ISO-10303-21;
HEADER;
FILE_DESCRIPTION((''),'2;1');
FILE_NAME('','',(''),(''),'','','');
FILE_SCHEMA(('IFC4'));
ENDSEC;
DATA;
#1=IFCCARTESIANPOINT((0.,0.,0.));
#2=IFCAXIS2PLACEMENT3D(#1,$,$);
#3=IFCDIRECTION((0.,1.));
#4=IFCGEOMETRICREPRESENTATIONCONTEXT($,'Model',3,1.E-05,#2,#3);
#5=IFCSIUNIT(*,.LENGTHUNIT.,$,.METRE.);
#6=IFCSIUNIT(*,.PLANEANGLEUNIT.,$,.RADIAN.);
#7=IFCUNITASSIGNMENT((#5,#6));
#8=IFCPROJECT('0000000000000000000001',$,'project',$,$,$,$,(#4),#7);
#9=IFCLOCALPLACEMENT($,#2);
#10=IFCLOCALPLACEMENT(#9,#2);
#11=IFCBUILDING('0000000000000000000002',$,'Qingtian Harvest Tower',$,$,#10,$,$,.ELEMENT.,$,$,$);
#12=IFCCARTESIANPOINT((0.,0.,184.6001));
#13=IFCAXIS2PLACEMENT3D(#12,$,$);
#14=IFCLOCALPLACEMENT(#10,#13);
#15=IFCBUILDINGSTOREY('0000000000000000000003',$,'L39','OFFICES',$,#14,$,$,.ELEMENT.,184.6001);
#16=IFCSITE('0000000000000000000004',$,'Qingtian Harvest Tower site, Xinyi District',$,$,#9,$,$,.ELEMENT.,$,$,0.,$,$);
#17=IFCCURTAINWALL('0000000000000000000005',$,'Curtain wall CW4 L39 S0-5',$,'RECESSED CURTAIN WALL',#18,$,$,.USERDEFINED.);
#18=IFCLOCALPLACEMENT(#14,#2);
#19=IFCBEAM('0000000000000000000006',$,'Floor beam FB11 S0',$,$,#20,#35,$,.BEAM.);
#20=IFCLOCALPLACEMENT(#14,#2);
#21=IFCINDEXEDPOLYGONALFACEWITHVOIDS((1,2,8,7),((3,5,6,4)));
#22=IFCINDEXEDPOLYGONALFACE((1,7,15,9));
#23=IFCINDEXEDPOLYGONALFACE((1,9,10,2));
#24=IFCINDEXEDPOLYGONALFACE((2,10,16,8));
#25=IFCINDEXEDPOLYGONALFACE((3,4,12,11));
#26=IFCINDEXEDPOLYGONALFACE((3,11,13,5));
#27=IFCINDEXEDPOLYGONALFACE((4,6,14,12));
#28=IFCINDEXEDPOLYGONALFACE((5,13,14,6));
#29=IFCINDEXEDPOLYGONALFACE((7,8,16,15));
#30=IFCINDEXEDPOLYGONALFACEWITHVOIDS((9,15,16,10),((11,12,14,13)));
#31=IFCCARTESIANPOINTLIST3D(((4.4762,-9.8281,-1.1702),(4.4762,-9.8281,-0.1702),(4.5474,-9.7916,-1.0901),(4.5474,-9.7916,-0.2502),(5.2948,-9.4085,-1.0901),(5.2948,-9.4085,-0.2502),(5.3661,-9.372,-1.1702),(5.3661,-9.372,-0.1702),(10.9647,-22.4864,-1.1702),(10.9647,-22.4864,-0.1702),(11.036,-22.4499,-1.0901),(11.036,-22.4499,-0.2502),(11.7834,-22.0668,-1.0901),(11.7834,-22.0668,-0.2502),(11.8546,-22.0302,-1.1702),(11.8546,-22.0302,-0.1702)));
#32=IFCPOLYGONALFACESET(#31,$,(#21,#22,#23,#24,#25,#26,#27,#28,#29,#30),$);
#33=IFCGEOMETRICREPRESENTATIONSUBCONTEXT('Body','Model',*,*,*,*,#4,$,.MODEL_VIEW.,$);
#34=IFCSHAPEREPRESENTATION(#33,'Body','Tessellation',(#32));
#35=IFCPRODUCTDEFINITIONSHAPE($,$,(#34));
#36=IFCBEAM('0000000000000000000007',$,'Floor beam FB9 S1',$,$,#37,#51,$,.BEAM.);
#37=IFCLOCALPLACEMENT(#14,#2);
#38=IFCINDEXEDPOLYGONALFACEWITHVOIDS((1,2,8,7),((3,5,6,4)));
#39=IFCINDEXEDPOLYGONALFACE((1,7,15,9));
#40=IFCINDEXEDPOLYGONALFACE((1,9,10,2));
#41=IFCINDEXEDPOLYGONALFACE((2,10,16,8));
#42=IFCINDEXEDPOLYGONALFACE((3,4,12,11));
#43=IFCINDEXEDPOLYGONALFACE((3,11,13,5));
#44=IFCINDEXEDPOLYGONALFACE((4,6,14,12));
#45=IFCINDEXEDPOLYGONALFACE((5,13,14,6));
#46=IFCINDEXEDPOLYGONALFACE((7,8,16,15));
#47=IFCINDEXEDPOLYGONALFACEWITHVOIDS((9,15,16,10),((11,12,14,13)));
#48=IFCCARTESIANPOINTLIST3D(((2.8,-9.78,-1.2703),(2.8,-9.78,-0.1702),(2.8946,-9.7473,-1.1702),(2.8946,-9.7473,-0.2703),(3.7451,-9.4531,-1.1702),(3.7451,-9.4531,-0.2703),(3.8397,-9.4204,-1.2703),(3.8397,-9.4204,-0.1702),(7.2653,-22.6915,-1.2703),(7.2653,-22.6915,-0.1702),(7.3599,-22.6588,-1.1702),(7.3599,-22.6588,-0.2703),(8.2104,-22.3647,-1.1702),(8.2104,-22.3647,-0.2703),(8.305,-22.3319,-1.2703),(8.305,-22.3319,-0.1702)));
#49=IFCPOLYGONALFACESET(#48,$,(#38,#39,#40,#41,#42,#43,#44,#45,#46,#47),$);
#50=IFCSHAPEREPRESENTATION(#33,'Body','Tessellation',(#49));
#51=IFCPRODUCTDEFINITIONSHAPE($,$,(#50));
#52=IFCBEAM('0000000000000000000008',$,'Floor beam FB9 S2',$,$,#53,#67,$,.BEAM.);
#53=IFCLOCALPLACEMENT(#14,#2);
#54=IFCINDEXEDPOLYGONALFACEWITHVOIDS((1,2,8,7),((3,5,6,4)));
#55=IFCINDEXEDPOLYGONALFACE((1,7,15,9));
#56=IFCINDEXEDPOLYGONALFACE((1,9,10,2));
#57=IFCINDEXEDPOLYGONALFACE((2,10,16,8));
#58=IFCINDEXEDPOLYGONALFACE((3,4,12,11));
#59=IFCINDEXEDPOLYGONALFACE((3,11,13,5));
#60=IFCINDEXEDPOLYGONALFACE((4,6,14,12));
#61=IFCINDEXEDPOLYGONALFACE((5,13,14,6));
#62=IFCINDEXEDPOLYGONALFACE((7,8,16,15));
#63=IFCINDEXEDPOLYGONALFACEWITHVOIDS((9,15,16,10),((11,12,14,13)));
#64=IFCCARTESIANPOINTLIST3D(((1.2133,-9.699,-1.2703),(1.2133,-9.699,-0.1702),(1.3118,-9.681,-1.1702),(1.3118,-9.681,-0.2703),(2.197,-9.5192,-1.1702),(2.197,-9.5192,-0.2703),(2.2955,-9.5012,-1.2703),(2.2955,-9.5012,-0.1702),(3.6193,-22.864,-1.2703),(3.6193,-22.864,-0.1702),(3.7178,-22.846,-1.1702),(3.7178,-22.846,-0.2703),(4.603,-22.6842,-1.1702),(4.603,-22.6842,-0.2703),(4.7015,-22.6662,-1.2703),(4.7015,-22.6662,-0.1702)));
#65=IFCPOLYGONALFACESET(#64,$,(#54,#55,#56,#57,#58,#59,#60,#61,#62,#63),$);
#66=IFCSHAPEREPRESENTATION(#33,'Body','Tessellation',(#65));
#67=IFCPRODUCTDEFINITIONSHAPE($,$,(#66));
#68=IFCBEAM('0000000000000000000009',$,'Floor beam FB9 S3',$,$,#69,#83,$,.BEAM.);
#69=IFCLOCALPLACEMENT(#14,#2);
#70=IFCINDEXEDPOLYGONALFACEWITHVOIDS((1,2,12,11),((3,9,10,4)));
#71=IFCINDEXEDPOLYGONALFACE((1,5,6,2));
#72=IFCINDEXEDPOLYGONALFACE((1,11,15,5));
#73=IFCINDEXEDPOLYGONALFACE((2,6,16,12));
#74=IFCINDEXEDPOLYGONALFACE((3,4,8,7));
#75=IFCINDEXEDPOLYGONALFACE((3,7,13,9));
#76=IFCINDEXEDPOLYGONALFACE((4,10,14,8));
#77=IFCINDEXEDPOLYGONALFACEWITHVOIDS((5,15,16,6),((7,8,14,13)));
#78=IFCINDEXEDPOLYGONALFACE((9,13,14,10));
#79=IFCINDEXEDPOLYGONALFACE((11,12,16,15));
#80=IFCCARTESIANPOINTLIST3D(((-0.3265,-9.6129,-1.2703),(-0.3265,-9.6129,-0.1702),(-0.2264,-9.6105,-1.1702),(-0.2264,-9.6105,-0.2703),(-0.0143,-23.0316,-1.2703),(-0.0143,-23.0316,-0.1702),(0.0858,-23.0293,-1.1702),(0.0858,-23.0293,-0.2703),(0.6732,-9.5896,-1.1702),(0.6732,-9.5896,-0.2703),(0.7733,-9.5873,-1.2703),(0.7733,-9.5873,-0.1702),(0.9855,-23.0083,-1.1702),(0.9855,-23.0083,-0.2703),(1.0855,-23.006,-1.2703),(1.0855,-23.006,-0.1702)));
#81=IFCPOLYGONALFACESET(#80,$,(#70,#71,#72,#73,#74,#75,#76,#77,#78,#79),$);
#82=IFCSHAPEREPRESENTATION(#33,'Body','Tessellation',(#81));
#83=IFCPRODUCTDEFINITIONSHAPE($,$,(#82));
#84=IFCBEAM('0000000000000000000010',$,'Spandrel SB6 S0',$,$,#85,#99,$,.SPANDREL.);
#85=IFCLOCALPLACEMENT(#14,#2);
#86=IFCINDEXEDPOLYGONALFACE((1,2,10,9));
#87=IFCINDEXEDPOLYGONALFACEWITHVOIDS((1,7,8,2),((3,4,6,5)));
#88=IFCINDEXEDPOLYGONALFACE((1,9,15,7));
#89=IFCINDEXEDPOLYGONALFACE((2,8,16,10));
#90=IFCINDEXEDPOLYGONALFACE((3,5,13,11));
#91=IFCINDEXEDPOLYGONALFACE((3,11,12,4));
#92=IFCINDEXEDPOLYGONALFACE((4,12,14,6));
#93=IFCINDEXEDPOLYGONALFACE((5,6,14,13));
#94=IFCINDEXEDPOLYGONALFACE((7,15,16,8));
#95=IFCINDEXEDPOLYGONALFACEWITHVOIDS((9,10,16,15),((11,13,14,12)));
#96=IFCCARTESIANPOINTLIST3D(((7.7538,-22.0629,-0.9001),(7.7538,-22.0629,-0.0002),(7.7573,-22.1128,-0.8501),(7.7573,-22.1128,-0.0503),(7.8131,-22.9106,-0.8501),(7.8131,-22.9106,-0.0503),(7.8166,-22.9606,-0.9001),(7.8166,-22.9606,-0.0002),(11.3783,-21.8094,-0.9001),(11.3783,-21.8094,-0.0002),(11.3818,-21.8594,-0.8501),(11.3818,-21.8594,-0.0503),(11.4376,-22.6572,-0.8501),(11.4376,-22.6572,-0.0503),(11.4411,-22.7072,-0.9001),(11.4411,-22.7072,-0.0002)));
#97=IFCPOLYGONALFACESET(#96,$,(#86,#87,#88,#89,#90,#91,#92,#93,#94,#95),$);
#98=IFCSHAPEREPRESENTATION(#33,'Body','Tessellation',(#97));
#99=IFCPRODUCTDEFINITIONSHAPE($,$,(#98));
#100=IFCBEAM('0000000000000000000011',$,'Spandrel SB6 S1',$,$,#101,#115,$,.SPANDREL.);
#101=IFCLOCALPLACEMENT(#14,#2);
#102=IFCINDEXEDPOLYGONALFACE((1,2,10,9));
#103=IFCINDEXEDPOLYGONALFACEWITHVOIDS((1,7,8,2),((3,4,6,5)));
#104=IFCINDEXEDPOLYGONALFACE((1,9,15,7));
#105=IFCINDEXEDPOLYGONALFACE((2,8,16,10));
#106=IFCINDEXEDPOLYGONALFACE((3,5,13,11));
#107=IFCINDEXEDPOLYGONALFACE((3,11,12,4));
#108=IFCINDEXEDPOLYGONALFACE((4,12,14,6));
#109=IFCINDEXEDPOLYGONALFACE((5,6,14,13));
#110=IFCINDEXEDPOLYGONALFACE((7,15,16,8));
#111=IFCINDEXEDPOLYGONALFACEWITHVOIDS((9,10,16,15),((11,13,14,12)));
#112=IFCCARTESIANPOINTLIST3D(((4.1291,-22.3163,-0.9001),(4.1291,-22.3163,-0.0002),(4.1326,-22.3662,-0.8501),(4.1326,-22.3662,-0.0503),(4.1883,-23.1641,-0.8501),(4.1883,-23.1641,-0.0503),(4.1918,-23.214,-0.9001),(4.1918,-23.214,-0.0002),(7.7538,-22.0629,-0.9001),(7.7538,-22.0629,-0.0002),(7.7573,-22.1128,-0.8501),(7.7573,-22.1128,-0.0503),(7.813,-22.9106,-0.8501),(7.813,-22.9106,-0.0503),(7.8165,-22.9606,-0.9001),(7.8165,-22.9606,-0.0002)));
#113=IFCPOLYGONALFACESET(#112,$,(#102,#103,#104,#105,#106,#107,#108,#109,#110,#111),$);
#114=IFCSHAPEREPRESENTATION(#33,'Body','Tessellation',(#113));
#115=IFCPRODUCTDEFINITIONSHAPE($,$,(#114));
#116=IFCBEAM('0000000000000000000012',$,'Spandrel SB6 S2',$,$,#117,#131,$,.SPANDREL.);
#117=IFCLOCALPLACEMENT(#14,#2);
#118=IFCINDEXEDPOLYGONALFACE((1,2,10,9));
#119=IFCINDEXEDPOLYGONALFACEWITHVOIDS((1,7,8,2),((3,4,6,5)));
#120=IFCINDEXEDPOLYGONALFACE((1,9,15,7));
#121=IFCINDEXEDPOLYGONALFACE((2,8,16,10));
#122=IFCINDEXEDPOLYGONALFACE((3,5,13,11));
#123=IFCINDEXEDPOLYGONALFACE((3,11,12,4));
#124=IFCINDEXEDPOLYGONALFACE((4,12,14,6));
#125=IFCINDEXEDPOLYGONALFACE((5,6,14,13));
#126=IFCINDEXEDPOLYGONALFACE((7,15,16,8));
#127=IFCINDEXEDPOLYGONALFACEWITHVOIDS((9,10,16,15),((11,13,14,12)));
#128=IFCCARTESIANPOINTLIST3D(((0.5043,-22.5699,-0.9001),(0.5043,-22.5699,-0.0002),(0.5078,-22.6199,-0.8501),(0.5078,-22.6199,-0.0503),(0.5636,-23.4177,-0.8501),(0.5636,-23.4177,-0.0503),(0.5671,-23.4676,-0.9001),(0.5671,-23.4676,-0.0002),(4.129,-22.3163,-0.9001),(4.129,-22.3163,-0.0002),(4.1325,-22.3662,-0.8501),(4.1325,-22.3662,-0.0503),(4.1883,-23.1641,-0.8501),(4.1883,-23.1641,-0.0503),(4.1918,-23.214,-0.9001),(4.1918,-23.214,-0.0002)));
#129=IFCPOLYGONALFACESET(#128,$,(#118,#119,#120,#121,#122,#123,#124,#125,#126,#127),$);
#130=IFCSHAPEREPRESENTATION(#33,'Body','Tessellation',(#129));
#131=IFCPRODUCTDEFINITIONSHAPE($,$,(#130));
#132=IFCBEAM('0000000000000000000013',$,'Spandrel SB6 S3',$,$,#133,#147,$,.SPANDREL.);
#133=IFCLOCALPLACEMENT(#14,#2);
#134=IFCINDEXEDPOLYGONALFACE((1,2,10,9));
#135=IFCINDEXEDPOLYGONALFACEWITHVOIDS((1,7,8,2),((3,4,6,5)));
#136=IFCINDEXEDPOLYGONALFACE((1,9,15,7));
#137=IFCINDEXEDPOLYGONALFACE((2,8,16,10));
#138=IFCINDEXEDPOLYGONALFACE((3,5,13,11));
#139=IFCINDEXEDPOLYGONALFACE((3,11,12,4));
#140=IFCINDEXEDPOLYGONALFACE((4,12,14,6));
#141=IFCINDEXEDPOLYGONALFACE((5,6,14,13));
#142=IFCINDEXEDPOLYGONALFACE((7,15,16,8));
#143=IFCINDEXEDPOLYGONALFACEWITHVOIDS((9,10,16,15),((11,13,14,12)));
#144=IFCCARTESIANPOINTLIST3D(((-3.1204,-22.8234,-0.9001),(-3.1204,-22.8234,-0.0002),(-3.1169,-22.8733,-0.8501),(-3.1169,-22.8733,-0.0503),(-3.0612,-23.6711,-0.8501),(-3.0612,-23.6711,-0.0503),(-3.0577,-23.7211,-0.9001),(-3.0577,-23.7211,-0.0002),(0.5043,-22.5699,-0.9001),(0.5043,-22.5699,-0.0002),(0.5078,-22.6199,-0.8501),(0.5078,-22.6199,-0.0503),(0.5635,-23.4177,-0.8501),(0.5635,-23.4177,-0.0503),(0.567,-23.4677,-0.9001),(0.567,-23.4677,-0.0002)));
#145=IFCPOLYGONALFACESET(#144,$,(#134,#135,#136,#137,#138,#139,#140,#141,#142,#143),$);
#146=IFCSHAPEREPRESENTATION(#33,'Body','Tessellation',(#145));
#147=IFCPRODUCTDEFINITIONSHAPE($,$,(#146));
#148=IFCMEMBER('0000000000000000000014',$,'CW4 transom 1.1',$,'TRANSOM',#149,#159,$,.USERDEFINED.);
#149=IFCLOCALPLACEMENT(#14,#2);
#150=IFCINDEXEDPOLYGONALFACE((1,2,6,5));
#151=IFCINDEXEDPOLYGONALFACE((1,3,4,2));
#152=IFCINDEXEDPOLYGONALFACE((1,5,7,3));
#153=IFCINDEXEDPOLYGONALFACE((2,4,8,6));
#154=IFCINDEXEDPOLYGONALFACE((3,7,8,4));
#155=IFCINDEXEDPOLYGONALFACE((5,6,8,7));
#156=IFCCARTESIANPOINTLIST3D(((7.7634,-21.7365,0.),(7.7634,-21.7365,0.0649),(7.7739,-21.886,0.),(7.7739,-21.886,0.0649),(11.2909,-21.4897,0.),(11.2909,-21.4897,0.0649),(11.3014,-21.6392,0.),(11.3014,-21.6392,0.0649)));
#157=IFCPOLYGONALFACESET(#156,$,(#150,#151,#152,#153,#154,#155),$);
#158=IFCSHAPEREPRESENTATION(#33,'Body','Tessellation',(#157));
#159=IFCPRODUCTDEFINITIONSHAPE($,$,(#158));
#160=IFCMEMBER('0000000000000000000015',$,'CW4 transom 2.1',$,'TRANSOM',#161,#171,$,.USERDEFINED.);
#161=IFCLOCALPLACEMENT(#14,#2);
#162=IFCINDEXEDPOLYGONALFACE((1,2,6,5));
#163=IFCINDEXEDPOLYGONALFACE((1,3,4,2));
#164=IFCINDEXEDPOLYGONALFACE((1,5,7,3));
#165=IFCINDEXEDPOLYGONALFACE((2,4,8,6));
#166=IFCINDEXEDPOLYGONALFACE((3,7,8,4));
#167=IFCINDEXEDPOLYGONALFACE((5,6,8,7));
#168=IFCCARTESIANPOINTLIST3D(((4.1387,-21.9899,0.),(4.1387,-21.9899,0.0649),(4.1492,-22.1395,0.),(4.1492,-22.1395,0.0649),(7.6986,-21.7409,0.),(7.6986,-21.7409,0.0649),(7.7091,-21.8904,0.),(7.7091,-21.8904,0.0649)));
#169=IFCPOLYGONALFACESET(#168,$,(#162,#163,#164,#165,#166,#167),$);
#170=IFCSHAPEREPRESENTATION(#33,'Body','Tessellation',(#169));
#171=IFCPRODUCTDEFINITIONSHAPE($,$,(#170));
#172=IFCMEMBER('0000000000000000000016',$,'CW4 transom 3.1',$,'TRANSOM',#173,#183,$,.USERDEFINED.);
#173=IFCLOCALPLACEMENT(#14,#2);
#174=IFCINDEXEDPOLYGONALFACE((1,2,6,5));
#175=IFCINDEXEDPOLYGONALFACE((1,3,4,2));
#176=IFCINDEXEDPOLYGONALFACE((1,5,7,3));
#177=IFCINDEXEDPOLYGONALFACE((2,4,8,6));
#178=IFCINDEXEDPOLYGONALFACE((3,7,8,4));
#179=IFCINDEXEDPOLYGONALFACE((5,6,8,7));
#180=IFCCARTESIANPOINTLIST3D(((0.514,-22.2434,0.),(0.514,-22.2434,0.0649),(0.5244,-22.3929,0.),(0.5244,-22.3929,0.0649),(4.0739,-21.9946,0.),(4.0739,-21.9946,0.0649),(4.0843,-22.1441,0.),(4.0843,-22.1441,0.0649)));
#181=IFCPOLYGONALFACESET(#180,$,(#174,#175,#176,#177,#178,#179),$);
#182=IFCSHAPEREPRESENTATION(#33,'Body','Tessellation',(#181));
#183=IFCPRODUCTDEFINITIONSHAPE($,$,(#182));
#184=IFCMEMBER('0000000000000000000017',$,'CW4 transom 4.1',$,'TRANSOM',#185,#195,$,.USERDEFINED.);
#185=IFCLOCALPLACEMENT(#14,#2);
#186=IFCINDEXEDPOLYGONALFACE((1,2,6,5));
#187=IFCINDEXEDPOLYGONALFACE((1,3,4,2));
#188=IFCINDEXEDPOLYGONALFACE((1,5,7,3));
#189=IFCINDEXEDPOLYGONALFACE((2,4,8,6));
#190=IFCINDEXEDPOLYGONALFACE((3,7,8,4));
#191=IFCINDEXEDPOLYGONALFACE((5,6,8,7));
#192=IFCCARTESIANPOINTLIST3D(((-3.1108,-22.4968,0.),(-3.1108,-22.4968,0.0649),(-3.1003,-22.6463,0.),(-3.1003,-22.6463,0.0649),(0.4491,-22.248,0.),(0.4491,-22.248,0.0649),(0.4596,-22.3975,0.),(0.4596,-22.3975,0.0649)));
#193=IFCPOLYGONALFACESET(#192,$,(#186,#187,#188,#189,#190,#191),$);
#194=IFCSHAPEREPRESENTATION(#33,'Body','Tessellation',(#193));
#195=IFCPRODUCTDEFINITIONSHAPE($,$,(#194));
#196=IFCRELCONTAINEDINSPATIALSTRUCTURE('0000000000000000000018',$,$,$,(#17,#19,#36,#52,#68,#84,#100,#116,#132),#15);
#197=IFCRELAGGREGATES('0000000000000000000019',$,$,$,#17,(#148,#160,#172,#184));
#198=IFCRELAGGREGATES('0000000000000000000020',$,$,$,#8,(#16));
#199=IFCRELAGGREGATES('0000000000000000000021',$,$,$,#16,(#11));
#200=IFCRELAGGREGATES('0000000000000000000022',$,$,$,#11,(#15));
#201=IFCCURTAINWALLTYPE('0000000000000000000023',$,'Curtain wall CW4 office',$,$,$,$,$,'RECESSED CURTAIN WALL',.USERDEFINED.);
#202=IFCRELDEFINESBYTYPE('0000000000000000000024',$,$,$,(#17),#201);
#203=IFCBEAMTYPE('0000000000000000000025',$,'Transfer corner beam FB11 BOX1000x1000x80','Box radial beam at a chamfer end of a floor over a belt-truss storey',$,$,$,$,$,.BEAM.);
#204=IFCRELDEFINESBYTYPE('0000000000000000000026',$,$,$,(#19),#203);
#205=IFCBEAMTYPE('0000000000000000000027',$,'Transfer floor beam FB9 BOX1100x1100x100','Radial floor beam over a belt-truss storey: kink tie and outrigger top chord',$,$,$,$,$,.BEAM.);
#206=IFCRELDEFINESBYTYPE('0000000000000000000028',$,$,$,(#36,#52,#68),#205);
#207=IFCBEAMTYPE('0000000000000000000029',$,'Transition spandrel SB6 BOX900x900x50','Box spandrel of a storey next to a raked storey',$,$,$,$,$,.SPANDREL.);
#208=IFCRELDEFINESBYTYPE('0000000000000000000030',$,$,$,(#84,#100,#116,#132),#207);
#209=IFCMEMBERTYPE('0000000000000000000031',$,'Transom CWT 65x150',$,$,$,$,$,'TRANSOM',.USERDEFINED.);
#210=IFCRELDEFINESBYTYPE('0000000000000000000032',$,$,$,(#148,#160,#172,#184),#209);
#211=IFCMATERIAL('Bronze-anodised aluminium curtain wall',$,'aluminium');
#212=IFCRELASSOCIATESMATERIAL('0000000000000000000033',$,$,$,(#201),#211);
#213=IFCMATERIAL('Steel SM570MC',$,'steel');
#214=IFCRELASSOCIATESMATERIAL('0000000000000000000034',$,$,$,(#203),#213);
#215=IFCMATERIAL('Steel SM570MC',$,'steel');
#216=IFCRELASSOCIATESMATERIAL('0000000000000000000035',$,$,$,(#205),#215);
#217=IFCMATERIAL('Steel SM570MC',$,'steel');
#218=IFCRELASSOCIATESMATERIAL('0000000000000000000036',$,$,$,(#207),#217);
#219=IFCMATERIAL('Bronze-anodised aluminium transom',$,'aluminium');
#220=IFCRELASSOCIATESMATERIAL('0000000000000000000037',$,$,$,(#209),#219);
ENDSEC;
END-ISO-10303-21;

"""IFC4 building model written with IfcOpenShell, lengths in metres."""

from ifc_helpers import new_model, si_unit, direction, frame, origin, origin_2d, place, context, subcontext, project, spatial, rectangle, hollow_rectangle, extrude, material, material_profile, profile_set, type_object, element, aggregate, save


model = new_model("IFC4")

# Units and contexts
model_context = context("Model", 3, precision=1e-05, world=origin(), true_north=direction((0.0, 1.0)))
body_context = subcontext(model_context, "Body", "Model", "MODEL_VIEW")
ifc_project = project(units=[si_unit("LENGTHUNIT", "METRE"), si_unit("PLANEANGLEUNIT", "RADIAN")], contexts=[model_context])

# Site, building, storey
site_placement = place(None, origin())
site = spatial("IfcSite", under=ifc_project, at=site_placement, Name="Qingtian Harvest Tower site, Xinyi District", CompositionType="ELEMENT", RefElevation=0.0)
building_placement = place(site_placement, origin())
building = spatial("IfcBuilding", under=site, at=building_placement, Name="Qingtian Harvest Tower", CompositionType="ELEMENT")
storey_placement = place(building_placement, frame((0.0, 0.0, 184.6001)))
storey = spatial("IfcBuildingStorey", under=building, at=storey_placement, Name="L39", Description="OFFICES", CompositionType="ELEMENT", Elevation=184.6001)

# Shared definitions
ifc_material_1 = material(Name="Bronze-anodised aluminium curtain wall", Category="aluminium")
curtain_wall_type = type_object("IfcCurtainWallType", Name="Curtain wall CW4 office", ElementType="RECESSED CURTAIN WALL", PredefinedType="USERDEFINED", material=ifc_material_1)

# Curtain wall
curtain_wall_1_placement = place(storey_placement, origin())
curtain_wall_1 = element("IfcCurtainWall", 1, at=curtain_wall_1_placement, inside=storey, type_object=curtain_wall_type, Name="Curtain wall CW4 L39 S0-5", ObjectType="RECESSED CURTAIN WALL", PredefinedType="USERDEFINED")

# Beams
ifc_material_2 = material(Name="Steel SM570MC", Category="steel")
ifc_material_profile_1 = material_profile(ifc_material_2, hollow_rectangle(XDim=1.0, YDim=1.0, WallThickness=0.0801, at=origin_2d()), Name="BOX1000x1000x80")
ifc_profile_set_1 = profile_set([ifc_material_profile_1], Name="Steel SM570MC")
beam_type_1 = type_object("IfcBeamType", Name="Transfer corner beam FB11 BOX1000x1000x80", Description="Box radial beam at a chamfer end of a floor over a belt-truss storey", PredefinedType="BEAM", material=ifc_profile_set_1)
beam_1_placement = place(storey_placement, frame((11.4097, -22.2583, -0.6702), z_axis=(-0.456157, 0.889899, 0.0), x_axis=(-0.889899, -0.456157, 0.0)))
element("IfcBeam", 2, at=beam_1_placement, inside=storey, type_object=beam_type_1, Name="Floor beam FB11 S0", PredefinedType="BEAM", context=body_context, shape_type="SweptSolid", body=[
    extrude(hollow_rectangle(XDim=1.0, YDim=1.0, WallThickness=0.0801, at=origin_2d()), origin(), (0.0, 0.0, 1.0), 14.2244),
])
ifc_material_3 = material(Name="Steel SM570MC", Category="steel")
ifc_material_profile_2 = material_profile(ifc_material_3, hollow_rectangle(XDim=1.1001, YDim=1.1001, WallThickness=0.1001, at=origin_2d()), Name="BOX1100x1100x100")
ifc_profile_set_2 = profile_set([ifc_material_profile_2], Name="Steel SM570MC")
beam_type_2 = type_object("IfcBeamType", Name="Transfer floor beam FB9 BOX1100x1100x100", Description="Radial floor beam over a belt-truss storey: kink tie and outrigger top chord", PredefinedType="BEAM", material=ifc_profile_set_2)
beam_2_placement = place(storey_placement, frame((7.7852, -22.5117, -0.7202), z_axis=(-0.326844, 0.945078, 0.0), x_axis=(-0.945078, -0.326844, 0.0)))
element("IfcBeam", 3, at=beam_2_placement, inside=storey, type_object=beam_type_2, Name="Floor beam FB9 S1", PredefinedType="BEAM", context=body_context, shape_type="SweptSolid", body=[
    extrude(hollow_rectangle(XDim=1.1001, YDim=1.1001, WallThickness=0.1001, at=origin_2d()), origin(), (0.0, 0.0, 1.0), 13.6619),
])
beam_3_placement = place(storey_placement, frame((4.1604, -22.7651, -0.7202), z_axis=(-0.17978, 0.983707, 0.0), x_axis=(-0.983707, -0.17978, 0.0)))
element("IfcBeam", 4, at=beam_3_placement, inside=storey, type_object=beam_type_2, Name="Floor beam FB9 S2", PredefinedType="BEAM", context=body_context, shape_type="SweptSolid", body=[
    extrude(hollow_rectangle(XDim=1.1001, YDim=1.1001, WallThickness=0.1001, at=origin_2d()), origin(), (0.0, 0.0, 1.0), 13.3831),
])
beam_4_placement = place(storey_placement, frame((0.5356, -23.0188, -0.7202), z_axis=(-0.023264, 0.999729, 0.0), x_axis=(-0.999729, -0.023264, 0.0)))
element("IfcBeam", 5, at=beam_4_placement, inside=storey, type_object=beam_type_2, Name="Floor beam FB9 S3", PredefinedType="BEAM", context=body_context, shape_type="SweptSolid", body=[
    extrude(hollow_rectangle(XDim=1.1001, YDim=1.1001, WallThickness=0.1001, at=origin_2d()), origin(), (0.0, 0.0, 1.0), 13.4224),
])
ifc_material_4 = material(Name="Steel SM570MC", Category="steel")
ifc_material_profile_3 = material_profile(ifc_material_4, hollow_rectangle(XDim=0.8999, YDim=0.8999, WallThickness=0.05, at=origin_2d()), Name="BOX900x900x50")
ifc_profile_set_3 = profile_set([ifc_material_profile_3], Name="Steel SM570MC")
beam_type_3 = type_object("IfcBeamType", Name="Transition spandrel SB6 BOX900x900x50", Description="Box spandrel of a storey next to a raked storey", PredefinedType="SPANDREL", material=ifc_profile_set_3)
beam_5_placement = place(storey_placement, frame((11.4097, -22.2583, -0.4502), z_axis=(-0.997565, -0.069748, 0.0), x_axis=(0.069748, -0.997565, 0.0)))
element("IfcBeam", 6, at=beam_5_placement, inside=storey, type_object=beam_type_3, Name="Spandrel SB6 S0", PredefinedType="SPANDREL", context=body_context, shape_type="SweptSolid", body=[
    extrude(hollow_rectangle(XDim=0.8999, YDim=0.8999, WallThickness=0.05, at=origin_2d()), origin(), (0.0, 0.0, 1.0), 3.6333),
])
for number, where, z_axis, x_axis, name in (
    (7, (7.7852, -22.5117, -0.4502), (-0.997565, -0.069743, 0.0), (0.069743, -0.997565, 0.0), "Spandrel SB6 S1"),
    (8, (4.1604, -22.7651, -0.4502), (-0.99756, -0.06981, 0.0), (0.06981, -0.99756, 0.0), "Spandrel SB6 S2"),
    (9, (0.5356, -23.0188, -0.4502), (-0.997565, -0.069743, 0.0), (0.069743, -0.997565, 0.0), "Spandrel SB6 S3"),
):
    element("IfcBeam", number, at=place(storey_placement, frame(where, z_axis=z_axis, x_axis=x_axis)), inside=storey, type_object=beam_type_3, Name=name, PredefinedType="SPANDREL", context=body_context, shape_type="SweptSolid", body=[
        extrude(hollow_rectangle(XDim=0.8999, YDim=0.8999, WallThickness=0.05, at=origin_2d()), origin(), (0.0, 0.0, 1.0), 3.6335),
    ])

# Members
ifc_material_5 = material(Name="Bronze-anodised aluminium transom", Category="aluminium")
ifc_material_profile_4 = material_profile(ifc_material_5, rectangle(XDim=0.1499, YDim=0.0649, at=origin_2d()), Name="AL 65x150")
ifc_profile_set_4 = profile_set([ifc_material_profile_4], Name="Bronze-anodised aluminium transom")
member_type_1 = type_object("IfcMemberType", Name="Transom CWT 65x150", ElementType="TRANSOM", PredefinedType="USERDEFINED", material=ifc_profile_set_4)
member_1_placement = place(storey_placement, frame((11.2961, -21.5645, 0.0325), z_axis=(-0.997561, -0.0698, 0.0), x_axis=(0.0698, -0.997561, 0.0)))
member_1 = element("IfcMember", 10, at=member_1_placement, type_object=member_type_1, Name="CW4 transom 1.1", ObjectType="TRANSOM", PredefinedType="USERDEFINED", context=body_context, shape_type="SweptSolid", body=[
    extrude(rectangle(XDim=0.1499, YDim=0.0649, at=origin_2d()), origin(), (0.0, 0.0, 1.0), 3.5361),
])
member_2_placement = place(storey_placement, frame((7.7039, -21.8157, 0.0325), z_axis=(-0.997562, -0.069784, 0.0), x_axis=(0.069784, -0.997562, 0.0)))
member_2 = element("IfcMember", 11, at=member_2_placement, type_object=member_type_1, Name="CW4 transom 2.1", ObjectType="TRANSOM", PredefinedType="USERDEFINED", context=body_context, shape_type="SweptSolid", body=[
    extrude(rectangle(XDim=0.1499, YDim=0.0649, at=origin_2d()), origin(), (0.0, 0.0, 1.0), 3.5686),
])
member_3_placement = place(storey_placement, frame((4.0791, -22.0693, 0.0325), z_axis=(-0.997567, -0.069715, 0.0), x_axis=(0.069715, -0.997567, 0.0)))
member_3 = element("IfcMember", 12, at=member_3_placement, type_object=member_type_1, Name="CW4 transom 3.1", ObjectType="TRANSOM", PredefinedType="USERDEFINED", context=body_context, shape_type="SweptSolid", body=[
    extrude(rectangle(XDim=0.1499, YDim=0.0649, at=origin_2d()), origin(), (0.0, 0.0, 1.0), 3.5686),
])
member_4_placement = place(storey_placement, frame((0.4543, -22.3228, 0.0325), z_axis=(-0.997567, -0.069715, 0.0), x_axis=(0.069715, -0.997567, 0.0)))
member_4 = element("IfcMember", 13, at=member_4_placement, type_object=member_type_1, Name="CW4 transom 4.1", ObjectType="TRANSOM", PredefinedType="USERDEFINED", context=body_context, shape_type="SweptSolid", body=[
    extrude(rectangle(XDim=0.1499, YDim=0.0649, at=origin_2d()), origin(), (0.0, 0.0, 1.0), 3.5686),
])

aggregate(curtain_wall_1, [member_1, member_2, member_3, member_4])

save(model, "model.ifc")
